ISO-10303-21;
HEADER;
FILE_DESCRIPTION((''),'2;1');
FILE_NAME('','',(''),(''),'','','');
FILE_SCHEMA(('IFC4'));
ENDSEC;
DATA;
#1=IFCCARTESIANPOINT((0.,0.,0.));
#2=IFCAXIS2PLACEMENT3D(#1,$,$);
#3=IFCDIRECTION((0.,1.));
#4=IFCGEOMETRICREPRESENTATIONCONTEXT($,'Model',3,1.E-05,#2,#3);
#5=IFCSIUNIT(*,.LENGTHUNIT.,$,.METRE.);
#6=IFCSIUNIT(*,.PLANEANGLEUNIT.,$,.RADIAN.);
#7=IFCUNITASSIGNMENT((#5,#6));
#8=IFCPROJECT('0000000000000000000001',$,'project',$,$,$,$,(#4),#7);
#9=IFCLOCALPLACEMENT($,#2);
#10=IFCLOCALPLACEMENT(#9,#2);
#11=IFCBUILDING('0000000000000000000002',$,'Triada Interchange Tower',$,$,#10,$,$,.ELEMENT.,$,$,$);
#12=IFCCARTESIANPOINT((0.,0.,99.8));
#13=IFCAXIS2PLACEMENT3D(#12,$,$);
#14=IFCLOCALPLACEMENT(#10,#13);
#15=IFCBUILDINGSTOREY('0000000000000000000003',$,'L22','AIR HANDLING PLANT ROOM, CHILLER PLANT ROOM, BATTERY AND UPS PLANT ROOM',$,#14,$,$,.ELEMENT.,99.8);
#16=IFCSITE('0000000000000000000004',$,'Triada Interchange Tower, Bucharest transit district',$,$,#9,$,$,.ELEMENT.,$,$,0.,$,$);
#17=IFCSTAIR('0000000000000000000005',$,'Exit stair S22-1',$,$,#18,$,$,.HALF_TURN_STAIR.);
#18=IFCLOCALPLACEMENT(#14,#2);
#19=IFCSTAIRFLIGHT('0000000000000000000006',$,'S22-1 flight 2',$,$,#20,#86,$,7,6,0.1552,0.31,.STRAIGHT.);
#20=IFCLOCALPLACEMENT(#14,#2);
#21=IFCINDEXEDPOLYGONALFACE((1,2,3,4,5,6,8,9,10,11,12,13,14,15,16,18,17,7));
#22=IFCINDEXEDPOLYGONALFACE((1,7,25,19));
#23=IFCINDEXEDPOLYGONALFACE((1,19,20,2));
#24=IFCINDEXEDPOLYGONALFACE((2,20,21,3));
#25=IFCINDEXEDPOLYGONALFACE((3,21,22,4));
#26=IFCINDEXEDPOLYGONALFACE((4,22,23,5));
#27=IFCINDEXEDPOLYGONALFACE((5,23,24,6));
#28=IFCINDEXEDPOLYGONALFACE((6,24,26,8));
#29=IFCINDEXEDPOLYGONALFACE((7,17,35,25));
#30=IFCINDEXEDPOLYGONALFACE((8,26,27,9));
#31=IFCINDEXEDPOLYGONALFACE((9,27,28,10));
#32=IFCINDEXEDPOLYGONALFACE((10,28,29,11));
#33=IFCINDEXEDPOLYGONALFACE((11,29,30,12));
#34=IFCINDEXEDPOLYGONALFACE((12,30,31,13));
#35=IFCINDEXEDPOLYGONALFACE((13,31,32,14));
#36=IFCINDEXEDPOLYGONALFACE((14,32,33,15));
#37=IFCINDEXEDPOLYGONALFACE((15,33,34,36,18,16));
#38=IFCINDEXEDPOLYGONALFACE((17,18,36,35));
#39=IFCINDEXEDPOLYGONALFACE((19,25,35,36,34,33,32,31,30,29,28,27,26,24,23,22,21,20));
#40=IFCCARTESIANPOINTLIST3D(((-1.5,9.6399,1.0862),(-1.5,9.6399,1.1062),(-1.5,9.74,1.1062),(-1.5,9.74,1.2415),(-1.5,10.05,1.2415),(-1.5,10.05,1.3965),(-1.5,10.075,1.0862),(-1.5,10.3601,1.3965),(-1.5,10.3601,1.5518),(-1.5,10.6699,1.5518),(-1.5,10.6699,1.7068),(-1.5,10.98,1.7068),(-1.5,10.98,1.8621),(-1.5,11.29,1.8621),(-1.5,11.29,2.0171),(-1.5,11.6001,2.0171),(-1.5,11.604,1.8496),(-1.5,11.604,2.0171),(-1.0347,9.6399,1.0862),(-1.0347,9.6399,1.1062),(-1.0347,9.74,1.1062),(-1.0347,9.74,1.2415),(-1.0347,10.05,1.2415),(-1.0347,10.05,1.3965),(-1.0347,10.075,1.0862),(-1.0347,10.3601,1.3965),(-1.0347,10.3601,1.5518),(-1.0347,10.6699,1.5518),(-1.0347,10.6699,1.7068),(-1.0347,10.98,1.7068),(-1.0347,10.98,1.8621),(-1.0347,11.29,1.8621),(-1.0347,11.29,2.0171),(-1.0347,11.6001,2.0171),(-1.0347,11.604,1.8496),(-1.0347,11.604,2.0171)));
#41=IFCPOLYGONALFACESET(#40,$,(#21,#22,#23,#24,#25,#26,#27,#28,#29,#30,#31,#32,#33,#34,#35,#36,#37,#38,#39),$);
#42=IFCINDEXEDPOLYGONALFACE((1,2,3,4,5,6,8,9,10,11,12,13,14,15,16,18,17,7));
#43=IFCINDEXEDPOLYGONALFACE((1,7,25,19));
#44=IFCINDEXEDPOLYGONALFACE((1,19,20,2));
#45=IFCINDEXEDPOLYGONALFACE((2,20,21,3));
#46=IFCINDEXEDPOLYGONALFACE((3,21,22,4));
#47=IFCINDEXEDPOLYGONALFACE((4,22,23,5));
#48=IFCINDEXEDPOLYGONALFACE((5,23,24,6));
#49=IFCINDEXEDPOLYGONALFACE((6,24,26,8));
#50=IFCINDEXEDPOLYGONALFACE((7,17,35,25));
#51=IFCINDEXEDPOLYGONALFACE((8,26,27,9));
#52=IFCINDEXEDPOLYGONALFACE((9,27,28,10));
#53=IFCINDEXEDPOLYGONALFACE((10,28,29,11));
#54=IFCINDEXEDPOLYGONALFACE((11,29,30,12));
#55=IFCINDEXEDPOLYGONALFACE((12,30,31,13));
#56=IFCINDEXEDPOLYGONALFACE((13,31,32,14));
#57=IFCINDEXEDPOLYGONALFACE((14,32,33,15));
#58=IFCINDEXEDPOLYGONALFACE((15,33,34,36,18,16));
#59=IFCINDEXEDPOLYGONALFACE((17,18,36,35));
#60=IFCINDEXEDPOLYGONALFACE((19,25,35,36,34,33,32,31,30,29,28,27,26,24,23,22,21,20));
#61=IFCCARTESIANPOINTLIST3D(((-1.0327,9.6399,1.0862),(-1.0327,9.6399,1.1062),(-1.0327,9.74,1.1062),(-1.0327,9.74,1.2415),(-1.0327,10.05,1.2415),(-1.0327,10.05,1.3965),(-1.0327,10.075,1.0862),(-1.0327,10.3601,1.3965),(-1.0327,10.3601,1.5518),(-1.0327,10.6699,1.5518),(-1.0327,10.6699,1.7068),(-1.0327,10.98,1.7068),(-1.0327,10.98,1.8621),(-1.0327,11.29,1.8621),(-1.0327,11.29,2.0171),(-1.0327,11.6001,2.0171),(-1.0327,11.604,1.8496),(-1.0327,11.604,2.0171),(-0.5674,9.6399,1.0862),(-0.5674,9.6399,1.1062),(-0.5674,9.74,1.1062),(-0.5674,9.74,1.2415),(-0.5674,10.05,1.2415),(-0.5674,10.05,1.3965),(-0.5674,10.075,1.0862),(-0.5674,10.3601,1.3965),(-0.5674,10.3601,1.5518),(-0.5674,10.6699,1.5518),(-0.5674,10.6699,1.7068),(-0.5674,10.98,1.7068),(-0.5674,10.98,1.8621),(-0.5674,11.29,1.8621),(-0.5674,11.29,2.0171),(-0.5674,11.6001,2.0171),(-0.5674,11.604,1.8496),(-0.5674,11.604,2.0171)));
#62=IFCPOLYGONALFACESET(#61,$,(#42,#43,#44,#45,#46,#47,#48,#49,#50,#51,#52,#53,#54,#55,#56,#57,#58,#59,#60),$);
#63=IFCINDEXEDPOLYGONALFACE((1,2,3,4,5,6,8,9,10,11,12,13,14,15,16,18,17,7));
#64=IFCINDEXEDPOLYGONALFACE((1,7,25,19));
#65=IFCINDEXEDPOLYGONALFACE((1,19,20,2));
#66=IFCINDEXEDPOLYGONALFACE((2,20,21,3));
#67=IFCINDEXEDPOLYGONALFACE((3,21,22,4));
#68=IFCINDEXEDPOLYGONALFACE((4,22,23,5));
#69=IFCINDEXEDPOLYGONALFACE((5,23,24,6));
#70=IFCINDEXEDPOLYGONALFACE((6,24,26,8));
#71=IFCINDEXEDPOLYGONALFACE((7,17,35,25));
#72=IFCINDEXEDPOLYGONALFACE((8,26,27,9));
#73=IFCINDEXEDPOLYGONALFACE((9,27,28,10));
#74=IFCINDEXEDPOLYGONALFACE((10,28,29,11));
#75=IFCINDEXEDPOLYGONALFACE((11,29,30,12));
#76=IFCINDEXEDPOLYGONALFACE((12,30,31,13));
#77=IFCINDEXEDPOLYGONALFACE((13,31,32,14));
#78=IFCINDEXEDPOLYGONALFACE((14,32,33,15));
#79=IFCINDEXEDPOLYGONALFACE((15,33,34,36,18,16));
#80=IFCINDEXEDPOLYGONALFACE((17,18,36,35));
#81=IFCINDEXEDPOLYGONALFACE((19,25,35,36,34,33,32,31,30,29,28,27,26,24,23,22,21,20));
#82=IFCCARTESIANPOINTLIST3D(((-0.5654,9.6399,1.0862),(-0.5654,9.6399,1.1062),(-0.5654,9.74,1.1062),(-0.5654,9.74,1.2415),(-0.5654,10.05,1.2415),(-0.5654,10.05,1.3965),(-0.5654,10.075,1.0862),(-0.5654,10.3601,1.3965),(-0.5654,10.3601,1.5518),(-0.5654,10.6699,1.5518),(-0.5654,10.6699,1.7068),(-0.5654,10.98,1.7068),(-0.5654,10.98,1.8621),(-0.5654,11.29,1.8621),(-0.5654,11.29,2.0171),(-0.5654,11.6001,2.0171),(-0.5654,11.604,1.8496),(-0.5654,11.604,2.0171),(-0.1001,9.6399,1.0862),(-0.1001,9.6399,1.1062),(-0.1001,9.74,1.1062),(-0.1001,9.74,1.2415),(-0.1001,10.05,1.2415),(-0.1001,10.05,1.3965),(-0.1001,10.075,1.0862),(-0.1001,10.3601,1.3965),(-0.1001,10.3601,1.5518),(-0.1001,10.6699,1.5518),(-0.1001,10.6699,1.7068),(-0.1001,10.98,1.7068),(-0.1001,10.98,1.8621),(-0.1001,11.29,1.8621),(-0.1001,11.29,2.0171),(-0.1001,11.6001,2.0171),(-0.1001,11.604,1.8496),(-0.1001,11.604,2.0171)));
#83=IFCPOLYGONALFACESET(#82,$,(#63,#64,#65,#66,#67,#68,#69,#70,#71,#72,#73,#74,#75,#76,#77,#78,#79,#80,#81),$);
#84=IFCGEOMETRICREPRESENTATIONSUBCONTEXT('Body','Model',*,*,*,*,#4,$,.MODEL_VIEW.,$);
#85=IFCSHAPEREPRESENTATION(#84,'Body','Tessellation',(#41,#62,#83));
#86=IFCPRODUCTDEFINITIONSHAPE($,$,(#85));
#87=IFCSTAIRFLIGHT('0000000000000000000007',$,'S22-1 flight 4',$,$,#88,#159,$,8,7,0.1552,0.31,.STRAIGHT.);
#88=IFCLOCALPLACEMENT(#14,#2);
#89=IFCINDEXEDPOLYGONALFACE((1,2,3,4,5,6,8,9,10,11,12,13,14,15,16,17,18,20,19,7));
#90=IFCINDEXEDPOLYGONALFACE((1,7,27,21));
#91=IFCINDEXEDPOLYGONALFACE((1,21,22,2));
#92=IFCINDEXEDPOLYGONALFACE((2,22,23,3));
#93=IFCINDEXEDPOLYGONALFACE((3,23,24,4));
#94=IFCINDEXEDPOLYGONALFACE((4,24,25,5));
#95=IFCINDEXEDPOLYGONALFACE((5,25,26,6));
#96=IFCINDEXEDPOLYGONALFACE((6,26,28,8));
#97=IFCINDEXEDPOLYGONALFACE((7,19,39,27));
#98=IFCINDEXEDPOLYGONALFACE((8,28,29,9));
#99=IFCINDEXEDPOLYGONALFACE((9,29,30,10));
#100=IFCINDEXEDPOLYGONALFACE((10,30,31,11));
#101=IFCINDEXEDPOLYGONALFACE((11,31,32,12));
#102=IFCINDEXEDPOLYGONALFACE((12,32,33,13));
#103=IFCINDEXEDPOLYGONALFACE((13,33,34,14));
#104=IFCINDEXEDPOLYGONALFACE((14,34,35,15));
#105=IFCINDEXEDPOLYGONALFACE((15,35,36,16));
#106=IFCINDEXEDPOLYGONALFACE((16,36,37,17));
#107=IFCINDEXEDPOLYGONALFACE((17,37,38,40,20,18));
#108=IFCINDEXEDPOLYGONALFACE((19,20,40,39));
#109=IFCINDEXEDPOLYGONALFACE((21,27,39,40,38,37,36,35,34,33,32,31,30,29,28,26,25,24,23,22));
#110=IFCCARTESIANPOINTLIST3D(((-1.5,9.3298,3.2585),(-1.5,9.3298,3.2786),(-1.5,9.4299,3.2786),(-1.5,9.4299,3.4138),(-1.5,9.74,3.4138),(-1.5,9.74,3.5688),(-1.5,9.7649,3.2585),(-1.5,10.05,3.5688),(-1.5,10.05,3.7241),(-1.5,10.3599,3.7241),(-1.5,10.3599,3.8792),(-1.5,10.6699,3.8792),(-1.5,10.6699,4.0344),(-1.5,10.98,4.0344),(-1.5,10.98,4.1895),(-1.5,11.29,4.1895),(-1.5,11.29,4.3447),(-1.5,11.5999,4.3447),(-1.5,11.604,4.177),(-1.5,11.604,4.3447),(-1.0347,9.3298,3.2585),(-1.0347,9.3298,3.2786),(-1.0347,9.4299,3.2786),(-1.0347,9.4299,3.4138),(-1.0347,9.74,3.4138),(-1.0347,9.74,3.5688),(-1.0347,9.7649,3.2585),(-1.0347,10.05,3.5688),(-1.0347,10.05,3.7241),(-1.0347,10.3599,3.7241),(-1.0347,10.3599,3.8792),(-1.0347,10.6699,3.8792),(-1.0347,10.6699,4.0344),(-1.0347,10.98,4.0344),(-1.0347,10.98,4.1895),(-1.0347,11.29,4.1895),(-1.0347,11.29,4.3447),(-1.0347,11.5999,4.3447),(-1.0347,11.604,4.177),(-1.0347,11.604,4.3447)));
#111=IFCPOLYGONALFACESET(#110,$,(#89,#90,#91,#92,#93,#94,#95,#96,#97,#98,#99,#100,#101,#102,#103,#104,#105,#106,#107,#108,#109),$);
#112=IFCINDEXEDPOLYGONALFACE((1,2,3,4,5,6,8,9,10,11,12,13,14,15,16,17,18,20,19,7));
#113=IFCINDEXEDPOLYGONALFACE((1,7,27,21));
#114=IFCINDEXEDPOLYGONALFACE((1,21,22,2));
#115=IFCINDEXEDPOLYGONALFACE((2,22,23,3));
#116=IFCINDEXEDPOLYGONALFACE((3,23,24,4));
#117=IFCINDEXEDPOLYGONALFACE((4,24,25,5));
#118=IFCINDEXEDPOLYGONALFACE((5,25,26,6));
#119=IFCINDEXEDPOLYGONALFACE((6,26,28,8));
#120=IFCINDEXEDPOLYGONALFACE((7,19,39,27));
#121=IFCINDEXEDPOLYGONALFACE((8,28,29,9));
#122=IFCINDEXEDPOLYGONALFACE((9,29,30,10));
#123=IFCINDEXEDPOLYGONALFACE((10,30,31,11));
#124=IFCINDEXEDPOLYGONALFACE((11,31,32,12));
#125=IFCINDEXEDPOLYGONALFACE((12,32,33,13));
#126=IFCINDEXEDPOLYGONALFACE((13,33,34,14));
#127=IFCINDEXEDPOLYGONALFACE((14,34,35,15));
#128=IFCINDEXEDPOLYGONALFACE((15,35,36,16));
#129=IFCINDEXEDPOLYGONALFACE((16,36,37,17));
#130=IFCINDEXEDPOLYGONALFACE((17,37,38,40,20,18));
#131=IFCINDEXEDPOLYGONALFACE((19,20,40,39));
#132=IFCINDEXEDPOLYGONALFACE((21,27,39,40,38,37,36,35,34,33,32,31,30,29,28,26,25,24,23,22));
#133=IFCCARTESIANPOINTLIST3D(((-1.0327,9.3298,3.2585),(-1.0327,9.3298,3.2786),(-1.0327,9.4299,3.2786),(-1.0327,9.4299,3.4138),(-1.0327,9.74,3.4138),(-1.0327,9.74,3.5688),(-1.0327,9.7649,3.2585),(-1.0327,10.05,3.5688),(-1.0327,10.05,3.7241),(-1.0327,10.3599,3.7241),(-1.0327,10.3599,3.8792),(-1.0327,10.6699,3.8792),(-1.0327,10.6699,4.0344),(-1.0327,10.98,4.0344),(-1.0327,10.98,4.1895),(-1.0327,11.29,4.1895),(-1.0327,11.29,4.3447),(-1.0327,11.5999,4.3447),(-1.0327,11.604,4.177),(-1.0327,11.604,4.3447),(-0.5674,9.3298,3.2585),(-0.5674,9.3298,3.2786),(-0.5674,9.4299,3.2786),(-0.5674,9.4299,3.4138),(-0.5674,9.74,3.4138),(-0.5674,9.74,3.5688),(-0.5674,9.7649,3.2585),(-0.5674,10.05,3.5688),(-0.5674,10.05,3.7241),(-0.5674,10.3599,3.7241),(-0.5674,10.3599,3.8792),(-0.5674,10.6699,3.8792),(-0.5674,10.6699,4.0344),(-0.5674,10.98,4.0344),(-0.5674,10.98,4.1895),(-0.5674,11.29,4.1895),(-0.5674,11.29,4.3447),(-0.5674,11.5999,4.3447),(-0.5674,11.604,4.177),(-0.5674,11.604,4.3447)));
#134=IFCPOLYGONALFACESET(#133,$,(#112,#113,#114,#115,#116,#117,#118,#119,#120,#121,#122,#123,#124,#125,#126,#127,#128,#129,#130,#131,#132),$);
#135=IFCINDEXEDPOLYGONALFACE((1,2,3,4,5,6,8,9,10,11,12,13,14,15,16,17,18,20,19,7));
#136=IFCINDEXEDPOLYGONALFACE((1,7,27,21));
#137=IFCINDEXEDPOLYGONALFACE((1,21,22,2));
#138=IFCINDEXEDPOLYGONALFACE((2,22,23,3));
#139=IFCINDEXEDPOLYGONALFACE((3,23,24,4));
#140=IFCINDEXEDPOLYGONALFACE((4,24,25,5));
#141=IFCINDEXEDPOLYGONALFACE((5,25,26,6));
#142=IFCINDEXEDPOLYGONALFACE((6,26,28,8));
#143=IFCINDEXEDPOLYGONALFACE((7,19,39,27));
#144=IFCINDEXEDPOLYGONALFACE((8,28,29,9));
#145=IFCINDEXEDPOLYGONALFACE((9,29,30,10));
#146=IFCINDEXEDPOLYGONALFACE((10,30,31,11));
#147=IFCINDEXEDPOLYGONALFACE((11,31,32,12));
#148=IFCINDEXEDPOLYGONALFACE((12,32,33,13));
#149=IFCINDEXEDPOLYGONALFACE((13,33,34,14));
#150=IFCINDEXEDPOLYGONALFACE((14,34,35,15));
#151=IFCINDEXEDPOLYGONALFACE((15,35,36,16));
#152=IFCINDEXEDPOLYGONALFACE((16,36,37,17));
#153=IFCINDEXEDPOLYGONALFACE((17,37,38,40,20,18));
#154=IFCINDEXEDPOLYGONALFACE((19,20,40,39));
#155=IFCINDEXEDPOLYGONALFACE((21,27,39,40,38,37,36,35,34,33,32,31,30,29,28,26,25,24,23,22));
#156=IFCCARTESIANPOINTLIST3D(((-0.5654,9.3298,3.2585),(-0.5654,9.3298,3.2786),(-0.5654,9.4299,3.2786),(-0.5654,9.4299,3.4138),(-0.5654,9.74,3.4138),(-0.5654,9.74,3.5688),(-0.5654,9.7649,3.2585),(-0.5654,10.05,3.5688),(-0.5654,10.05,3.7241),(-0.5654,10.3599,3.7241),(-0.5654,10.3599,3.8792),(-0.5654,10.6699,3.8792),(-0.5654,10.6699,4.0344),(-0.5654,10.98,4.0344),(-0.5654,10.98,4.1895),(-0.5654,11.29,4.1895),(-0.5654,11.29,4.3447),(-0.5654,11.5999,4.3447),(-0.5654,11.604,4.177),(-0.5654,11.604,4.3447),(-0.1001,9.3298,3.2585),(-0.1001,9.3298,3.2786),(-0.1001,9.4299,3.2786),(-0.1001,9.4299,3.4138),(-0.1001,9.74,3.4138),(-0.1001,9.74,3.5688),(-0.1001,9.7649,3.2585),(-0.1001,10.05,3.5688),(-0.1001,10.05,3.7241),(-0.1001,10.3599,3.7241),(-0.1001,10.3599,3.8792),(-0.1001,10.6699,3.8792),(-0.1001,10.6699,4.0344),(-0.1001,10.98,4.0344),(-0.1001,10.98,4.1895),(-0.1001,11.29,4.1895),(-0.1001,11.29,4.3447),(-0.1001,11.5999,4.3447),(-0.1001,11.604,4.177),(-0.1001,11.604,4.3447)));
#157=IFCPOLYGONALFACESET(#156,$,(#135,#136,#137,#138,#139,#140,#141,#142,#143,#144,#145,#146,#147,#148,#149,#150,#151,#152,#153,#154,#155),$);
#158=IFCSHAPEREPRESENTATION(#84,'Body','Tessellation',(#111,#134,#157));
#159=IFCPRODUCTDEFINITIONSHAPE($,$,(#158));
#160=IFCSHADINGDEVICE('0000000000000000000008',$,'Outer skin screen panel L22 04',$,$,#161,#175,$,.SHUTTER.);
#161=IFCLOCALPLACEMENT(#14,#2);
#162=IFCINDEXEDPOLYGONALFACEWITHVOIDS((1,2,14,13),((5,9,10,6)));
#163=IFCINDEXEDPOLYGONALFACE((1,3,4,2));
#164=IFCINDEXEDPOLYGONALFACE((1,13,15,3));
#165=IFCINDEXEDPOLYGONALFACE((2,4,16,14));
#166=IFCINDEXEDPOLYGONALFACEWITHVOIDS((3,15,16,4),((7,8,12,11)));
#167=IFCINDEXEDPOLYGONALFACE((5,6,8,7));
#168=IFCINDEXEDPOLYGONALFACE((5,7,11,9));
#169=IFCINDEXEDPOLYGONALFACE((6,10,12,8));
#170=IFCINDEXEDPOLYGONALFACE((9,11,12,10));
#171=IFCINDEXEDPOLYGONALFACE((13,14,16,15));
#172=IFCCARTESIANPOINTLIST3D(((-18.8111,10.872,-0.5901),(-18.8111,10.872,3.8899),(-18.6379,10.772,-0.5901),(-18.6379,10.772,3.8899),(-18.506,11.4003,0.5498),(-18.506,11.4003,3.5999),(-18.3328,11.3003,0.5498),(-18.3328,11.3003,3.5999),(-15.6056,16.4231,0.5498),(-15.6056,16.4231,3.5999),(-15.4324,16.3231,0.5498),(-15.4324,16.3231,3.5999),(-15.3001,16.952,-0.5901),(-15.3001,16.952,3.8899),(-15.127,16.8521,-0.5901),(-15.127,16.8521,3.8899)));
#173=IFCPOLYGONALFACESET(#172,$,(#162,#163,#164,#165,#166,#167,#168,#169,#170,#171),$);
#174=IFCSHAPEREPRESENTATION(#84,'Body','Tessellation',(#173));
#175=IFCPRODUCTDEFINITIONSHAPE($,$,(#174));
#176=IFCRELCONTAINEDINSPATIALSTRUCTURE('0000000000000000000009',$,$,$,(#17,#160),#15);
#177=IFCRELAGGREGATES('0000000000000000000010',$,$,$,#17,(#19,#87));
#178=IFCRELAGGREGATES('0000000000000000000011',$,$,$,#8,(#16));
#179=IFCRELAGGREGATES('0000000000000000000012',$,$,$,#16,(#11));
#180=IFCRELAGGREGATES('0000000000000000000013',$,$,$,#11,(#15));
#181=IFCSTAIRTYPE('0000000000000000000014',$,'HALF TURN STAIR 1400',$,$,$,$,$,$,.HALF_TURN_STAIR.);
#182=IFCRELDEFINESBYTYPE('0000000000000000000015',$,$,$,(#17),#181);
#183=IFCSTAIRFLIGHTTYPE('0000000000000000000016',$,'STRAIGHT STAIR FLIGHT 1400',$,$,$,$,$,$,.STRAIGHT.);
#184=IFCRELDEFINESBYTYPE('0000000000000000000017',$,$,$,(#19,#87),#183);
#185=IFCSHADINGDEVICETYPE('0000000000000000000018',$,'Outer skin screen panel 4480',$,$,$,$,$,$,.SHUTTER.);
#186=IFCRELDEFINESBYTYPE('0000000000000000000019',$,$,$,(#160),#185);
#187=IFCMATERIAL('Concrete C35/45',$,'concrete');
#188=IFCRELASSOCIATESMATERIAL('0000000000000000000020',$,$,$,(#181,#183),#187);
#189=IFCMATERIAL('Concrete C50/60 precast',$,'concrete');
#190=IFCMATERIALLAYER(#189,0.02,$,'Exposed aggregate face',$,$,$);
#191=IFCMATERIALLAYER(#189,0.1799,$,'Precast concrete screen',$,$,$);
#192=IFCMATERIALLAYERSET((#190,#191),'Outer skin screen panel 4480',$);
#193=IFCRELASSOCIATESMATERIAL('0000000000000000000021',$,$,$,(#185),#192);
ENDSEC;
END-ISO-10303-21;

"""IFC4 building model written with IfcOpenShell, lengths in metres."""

from ifc_helpers import new_model, si_unit, direction, frame, origin, place, context, subcontext, project, spatial, polyline, outline, extrude, material, layer, layer_set, type_object, element, aggregate, save


model = new_model("IFC4")

# Units and contexts
model_context = context("Model", 3, precision=1e-05, world=origin(), true_north=direction((0.0, 1.0)))
body_context = subcontext(model_context, "Body", "Model", "MODEL_VIEW")
ifc_project = project(units=[si_unit("LENGTHUNIT", "METRE"), si_unit("PLANEANGLEUNIT", "RADIAN")], contexts=[model_context])

# Site, building, storey
site_placement = place(None, origin())
site = spatial("IfcSite", under=ifc_project, at=site_placement, Name="Triada Interchange Tower, Bucharest transit district", CompositionType="ELEMENT", RefElevation=0.0)
building_placement = place(site_placement, origin())
building = spatial("IfcBuilding", under=site, at=building_placement, Name="Triada Interchange Tower", CompositionType="ELEMENT")
storey_placement = place(building_placement, frame((0.0, 0.0, 99.8)))
storey = spatial("IfcBuildingStorey", under=building, at=storey_placement, Name="L22", Description="AIR HANDLING PLANT ROOM, CHILLER PLANT ROOM, BATTERY AND UPS PLANT ROOM", CompositionType="ELEMENT", Elevation=99.8)

# Stair, stair flights
ifc_material_1 = material(Name="Concrete C35/45", Category="concrete")
stair_type = type_object("IfcStairType", Name="HALF TURN STAIR 1400", PredefinedType="HALF_TURN_STAIR", material=ifc_material_1)
stair_placement = place(storey_placement, origin())
stair = element("IfcStair", 1, at=stair_placement, inside=storey, type_object=stair_type, Name="Exit stair S22-1", PredefinedType="HALF_TURN_STAIR")
stair_flight_type = type_object("IfcStairFlightType", Name="STRAIGHT STAIR FLIGHT 1400", PredefinedType="STRAIGHT", material=ifc_material_1)
stair_flight_1_placement = place(storey_placement, frame((-0.8, 9.74, 1.0862), z_axis=(0.0, 0.0, 1.0), x_axis=(0.0, 1.0, 0.0)))
stair_flight_1 = element("IfcStairFlight", 2, at=stair_flight_1_placement, type_object=stair_flight_type, Name="S22-1 flight 2", NumberOfRisers=7, NumberOfTreads=6, PredefinedType="STRAIGHT", RiserHeight=0.1552, TreadLength=0.31, context=body_context, shape_type="SweptSolid", body=[
    extrude(outline(polyline([(-0.1001, 0.0), (-0.1001, 0.02), (0.0, 0.02), (0.0, 0.1553), (0.3101, 0.1553), (0.3101, 0.3103), (0.6201, 0.3103), (0.6201, 0.4656), (0.9299, 0.4656), (0.9299, 0.6206), (1.24, 0.6206), (1.24, 0.7759), (1.55, 0.7759), (1.55, 0.9309), (1.8601, 0.9309), (1.864, 0.9309), (1.864, 1.0862), (1.864, 0.7634), (0.335, 0.0), (-0.1001, 0.0)])), frame((0.0, 0.7, 0.0), z_axis=(0.0, -1.0, 0.0), x_axis=(1.0, 0.0, 0.0)), (0.0, 0.0, 1.0), 0.4653),
    extrude(outline(polyline([(-0.1001, 0.0), (-0.1001, 0.02), (0.0, 0.02), (0.0, 0.1553), (0.3101, 0.1553), (0.3101, 0.3103), (0.6201, 0.3103), (0.6201, 0.4656), (0.9299, 0.4656), (0.9299, 0.6206), (1.24, 0.6206), (1.24, 0.7759), (1.55, 0.7759), (1.55, 0.9309), (1.8601, 0.9309), (1.864, 0.9309), (1.864, 1.0862), (1.864, 0.7634), (0.335, 0.0), (-0.1001, 0.0)])), frame((0.0, 0.2327, 0.0), z_axis=(0.0, -1.0, 0.0), x_axis=(1.0, 0.0, 0.0)), (0.0, 0.0, 1.0), 0.4653),
    extrude(outline(polyline([(-0.1001, 0.0), (-0.1001, 0.02), (0.0, 0.02), (0.0, 0.1553), (0.3101, 0.1553), (0.3101, 0.3103), (0.6201, 0.3103), (0.6201, 0.4656), (0.9299, 0.4656), (0.9299, 0.6206), (1.24, 0.6206), (1.24, 0.7759), (1.55, 0.7759), (1.55, 0.9309), (1.8601, 0.9309), (1.864, 0.9309), (1.864, 1.0862), (1.864, 0.7634), (0.335, 0.0), (-0.1001, 0.0)])), frame((0.0, -0.2346, 0.0), z_axis=(0.0, -1.0, 0.0), x_axis=(1.0, 0.0, 0.0)), (0.0, 0.0, 1.0), 0.4653),
])
stair_flight_2_placement = place(storey_placement, frame((-0.8, 9.4299, 3.2585), z_axis=(0.0, 0.0, 1.0), x_axis=(0.0, 1.0, 0.0)))
stair_flight_2 = element("IfcStairFlight", 3, at=stair_flight_2_placement, type_object=stair_flight_type, Name="S22-1 flight 4", NumberOfRisers=8, NumberOfTreads=7, PredefinedType="STRAIGHT", RiserHeight=0.1552, TreadLength=0.31, context=body_context, shape_type="SweptSolid", body=[
    extrude(outline(polyline([(-0.1001, 0.0), (-0.1001, 0.02), (0.0, 0.02), (0.0, 0.1553), (0.3101, 0.1553), (0.3101, 0.3103), (0.6201, 0.3103), (0.6201, 0.4656), (0.9299, 0.4656), (0.9299, 0.6206), (1.24, 0.6206), (1.24, 0.7759), (1.55, 0.7759), (1.55, 0.9309), (1.8601, 0.9309), (1.8601, 1.0862), (2.1699, 1.0862), (2.1741, 1.0862), (2.1741, 1.2415), (2.1741, 0.9185), (0.335, 0.0), (-0.1001, 0.0)])), frame((0.0, 0.7, 0.0), z_axis=(0.0, -1.0, 0.0), x_axis=(1.0, 0.0, 0.0)), (0.0, 0.0, 1.0), 0.4653),
    extrude(outline(polyline([(-0.1001, 0.0), (-0.1001, 0.02), (0.0, 0.02), (0.0, 0.1553), (0.3101, 0.1553), (0.3101, 0.3103), (0.6201, 0.3103), (0.6201, 0.4656), (0.9299, 0.4656), (0.9299, 0.6206), (1.24, 0.6206), (1.24, 0.7759), (1.55, 0.7759), (1.55, 0.9309), (1.8601, 0.9309), (1.8601, 1.0862), (2.1699, 1.0862), (2.1741, 1.0862), (2.1741, 1.2415), (2.1741, 0.9185), (0.335, 0.0), (-0.1001, 0.0)])), frame((0.0, 0.2327, 0.0), z_axis=(0.0, -1.0, 0.0), x_axis=(1.0, 0.0, 0.0)), (0.0, 0.0, 1.0), 0.4653),
    extrude(outline(polyline([(-0.1001, 0.0), (-0.1001, 0.02), (0.0, 0.02), (0.0, 0.1553), (0.3101, 0.1553), (0.3101, 0.3103), (0.6201, 0.3103), (0.6201, 0.4656), (0.9299, 0.4656), (0.9299, 0.6206), (1.24, 0.6206), (1.24, 0.7759), (1.55, 0.7759), (1.55, 0.9309), (1.8601, 0.9309), (1.8601, 1.0862), (2.1699, 1.0862), (2.1741, 1.0862), (2.1741, 1.2415), (2.1741, 0.9185), (0.335, 0.0), (-0.1001, 0.0)])), frame((0.0, -0.2346, 0.0), z_axis=(0.0, -1.0, 0.0), x_axis=(1.0, 0.0, 0.0)), (0.0, 0.0, 1.0), 0.4653),
])

# Shading device
ifc_material_2 = material(Name="Concrete C50/60 precast", Category="concrete")
ifc_layer_1 = layer(ifc_material_2, 0.02, Name="Exposed aggregate face")
ifc_layer_2 = layer(ifc_material_2, 0.1799, Name="Precast concrete screen")
ifc_layer_set_1 = layer_set([ifc_layer_1, ifc_layer_2], Name="Outer skin screen panel 4480")
shading_device_type = type_object("IfcShadingDeviceType", Name="Outer skin screen panel 4480", PredefinedType="SHUTTER", material=ifc_layer_set_1)
shading_device_1_placement = place(storey_placement, frame((-15.127, 16.8521, -0.5901), z_axis=(0.0, 0.0, 1.0), x_axis=(-0.50007, -0.865985, 0.0)))
element("IfcShadingDevice", 4, at=shading_device_1_placement, inside=storey, type_object=shading_device_type, Name="Outer skin screen panel L22 04", PredefinedType="SHUTTER", context=body_context, shape_type="SweptSolid", body=[
    extrude(outline(polyline([(0.0, 0.0), (7.021, 0.0), (7.021, 4.48), (0.0, 4.48), (0.0, 0.0)]), holes=[polyline([(0.6108, 1.1399), (0.6108, 4.1899), (6.4109, 4.1899), (6.4109, 1.1399), (0.6108, 1.1399)])]), frame((0.0, 0.0, 0.0), z_axis=(0.0, -1.0, 0.0), x_axis=(1.0, 0.0, 0.0)), (0.0, 0.0, 1.0), 0.2),
])

aggregate(stair, [stair_flight_1, stair_flight_2])

save(model, "model.ifc")
